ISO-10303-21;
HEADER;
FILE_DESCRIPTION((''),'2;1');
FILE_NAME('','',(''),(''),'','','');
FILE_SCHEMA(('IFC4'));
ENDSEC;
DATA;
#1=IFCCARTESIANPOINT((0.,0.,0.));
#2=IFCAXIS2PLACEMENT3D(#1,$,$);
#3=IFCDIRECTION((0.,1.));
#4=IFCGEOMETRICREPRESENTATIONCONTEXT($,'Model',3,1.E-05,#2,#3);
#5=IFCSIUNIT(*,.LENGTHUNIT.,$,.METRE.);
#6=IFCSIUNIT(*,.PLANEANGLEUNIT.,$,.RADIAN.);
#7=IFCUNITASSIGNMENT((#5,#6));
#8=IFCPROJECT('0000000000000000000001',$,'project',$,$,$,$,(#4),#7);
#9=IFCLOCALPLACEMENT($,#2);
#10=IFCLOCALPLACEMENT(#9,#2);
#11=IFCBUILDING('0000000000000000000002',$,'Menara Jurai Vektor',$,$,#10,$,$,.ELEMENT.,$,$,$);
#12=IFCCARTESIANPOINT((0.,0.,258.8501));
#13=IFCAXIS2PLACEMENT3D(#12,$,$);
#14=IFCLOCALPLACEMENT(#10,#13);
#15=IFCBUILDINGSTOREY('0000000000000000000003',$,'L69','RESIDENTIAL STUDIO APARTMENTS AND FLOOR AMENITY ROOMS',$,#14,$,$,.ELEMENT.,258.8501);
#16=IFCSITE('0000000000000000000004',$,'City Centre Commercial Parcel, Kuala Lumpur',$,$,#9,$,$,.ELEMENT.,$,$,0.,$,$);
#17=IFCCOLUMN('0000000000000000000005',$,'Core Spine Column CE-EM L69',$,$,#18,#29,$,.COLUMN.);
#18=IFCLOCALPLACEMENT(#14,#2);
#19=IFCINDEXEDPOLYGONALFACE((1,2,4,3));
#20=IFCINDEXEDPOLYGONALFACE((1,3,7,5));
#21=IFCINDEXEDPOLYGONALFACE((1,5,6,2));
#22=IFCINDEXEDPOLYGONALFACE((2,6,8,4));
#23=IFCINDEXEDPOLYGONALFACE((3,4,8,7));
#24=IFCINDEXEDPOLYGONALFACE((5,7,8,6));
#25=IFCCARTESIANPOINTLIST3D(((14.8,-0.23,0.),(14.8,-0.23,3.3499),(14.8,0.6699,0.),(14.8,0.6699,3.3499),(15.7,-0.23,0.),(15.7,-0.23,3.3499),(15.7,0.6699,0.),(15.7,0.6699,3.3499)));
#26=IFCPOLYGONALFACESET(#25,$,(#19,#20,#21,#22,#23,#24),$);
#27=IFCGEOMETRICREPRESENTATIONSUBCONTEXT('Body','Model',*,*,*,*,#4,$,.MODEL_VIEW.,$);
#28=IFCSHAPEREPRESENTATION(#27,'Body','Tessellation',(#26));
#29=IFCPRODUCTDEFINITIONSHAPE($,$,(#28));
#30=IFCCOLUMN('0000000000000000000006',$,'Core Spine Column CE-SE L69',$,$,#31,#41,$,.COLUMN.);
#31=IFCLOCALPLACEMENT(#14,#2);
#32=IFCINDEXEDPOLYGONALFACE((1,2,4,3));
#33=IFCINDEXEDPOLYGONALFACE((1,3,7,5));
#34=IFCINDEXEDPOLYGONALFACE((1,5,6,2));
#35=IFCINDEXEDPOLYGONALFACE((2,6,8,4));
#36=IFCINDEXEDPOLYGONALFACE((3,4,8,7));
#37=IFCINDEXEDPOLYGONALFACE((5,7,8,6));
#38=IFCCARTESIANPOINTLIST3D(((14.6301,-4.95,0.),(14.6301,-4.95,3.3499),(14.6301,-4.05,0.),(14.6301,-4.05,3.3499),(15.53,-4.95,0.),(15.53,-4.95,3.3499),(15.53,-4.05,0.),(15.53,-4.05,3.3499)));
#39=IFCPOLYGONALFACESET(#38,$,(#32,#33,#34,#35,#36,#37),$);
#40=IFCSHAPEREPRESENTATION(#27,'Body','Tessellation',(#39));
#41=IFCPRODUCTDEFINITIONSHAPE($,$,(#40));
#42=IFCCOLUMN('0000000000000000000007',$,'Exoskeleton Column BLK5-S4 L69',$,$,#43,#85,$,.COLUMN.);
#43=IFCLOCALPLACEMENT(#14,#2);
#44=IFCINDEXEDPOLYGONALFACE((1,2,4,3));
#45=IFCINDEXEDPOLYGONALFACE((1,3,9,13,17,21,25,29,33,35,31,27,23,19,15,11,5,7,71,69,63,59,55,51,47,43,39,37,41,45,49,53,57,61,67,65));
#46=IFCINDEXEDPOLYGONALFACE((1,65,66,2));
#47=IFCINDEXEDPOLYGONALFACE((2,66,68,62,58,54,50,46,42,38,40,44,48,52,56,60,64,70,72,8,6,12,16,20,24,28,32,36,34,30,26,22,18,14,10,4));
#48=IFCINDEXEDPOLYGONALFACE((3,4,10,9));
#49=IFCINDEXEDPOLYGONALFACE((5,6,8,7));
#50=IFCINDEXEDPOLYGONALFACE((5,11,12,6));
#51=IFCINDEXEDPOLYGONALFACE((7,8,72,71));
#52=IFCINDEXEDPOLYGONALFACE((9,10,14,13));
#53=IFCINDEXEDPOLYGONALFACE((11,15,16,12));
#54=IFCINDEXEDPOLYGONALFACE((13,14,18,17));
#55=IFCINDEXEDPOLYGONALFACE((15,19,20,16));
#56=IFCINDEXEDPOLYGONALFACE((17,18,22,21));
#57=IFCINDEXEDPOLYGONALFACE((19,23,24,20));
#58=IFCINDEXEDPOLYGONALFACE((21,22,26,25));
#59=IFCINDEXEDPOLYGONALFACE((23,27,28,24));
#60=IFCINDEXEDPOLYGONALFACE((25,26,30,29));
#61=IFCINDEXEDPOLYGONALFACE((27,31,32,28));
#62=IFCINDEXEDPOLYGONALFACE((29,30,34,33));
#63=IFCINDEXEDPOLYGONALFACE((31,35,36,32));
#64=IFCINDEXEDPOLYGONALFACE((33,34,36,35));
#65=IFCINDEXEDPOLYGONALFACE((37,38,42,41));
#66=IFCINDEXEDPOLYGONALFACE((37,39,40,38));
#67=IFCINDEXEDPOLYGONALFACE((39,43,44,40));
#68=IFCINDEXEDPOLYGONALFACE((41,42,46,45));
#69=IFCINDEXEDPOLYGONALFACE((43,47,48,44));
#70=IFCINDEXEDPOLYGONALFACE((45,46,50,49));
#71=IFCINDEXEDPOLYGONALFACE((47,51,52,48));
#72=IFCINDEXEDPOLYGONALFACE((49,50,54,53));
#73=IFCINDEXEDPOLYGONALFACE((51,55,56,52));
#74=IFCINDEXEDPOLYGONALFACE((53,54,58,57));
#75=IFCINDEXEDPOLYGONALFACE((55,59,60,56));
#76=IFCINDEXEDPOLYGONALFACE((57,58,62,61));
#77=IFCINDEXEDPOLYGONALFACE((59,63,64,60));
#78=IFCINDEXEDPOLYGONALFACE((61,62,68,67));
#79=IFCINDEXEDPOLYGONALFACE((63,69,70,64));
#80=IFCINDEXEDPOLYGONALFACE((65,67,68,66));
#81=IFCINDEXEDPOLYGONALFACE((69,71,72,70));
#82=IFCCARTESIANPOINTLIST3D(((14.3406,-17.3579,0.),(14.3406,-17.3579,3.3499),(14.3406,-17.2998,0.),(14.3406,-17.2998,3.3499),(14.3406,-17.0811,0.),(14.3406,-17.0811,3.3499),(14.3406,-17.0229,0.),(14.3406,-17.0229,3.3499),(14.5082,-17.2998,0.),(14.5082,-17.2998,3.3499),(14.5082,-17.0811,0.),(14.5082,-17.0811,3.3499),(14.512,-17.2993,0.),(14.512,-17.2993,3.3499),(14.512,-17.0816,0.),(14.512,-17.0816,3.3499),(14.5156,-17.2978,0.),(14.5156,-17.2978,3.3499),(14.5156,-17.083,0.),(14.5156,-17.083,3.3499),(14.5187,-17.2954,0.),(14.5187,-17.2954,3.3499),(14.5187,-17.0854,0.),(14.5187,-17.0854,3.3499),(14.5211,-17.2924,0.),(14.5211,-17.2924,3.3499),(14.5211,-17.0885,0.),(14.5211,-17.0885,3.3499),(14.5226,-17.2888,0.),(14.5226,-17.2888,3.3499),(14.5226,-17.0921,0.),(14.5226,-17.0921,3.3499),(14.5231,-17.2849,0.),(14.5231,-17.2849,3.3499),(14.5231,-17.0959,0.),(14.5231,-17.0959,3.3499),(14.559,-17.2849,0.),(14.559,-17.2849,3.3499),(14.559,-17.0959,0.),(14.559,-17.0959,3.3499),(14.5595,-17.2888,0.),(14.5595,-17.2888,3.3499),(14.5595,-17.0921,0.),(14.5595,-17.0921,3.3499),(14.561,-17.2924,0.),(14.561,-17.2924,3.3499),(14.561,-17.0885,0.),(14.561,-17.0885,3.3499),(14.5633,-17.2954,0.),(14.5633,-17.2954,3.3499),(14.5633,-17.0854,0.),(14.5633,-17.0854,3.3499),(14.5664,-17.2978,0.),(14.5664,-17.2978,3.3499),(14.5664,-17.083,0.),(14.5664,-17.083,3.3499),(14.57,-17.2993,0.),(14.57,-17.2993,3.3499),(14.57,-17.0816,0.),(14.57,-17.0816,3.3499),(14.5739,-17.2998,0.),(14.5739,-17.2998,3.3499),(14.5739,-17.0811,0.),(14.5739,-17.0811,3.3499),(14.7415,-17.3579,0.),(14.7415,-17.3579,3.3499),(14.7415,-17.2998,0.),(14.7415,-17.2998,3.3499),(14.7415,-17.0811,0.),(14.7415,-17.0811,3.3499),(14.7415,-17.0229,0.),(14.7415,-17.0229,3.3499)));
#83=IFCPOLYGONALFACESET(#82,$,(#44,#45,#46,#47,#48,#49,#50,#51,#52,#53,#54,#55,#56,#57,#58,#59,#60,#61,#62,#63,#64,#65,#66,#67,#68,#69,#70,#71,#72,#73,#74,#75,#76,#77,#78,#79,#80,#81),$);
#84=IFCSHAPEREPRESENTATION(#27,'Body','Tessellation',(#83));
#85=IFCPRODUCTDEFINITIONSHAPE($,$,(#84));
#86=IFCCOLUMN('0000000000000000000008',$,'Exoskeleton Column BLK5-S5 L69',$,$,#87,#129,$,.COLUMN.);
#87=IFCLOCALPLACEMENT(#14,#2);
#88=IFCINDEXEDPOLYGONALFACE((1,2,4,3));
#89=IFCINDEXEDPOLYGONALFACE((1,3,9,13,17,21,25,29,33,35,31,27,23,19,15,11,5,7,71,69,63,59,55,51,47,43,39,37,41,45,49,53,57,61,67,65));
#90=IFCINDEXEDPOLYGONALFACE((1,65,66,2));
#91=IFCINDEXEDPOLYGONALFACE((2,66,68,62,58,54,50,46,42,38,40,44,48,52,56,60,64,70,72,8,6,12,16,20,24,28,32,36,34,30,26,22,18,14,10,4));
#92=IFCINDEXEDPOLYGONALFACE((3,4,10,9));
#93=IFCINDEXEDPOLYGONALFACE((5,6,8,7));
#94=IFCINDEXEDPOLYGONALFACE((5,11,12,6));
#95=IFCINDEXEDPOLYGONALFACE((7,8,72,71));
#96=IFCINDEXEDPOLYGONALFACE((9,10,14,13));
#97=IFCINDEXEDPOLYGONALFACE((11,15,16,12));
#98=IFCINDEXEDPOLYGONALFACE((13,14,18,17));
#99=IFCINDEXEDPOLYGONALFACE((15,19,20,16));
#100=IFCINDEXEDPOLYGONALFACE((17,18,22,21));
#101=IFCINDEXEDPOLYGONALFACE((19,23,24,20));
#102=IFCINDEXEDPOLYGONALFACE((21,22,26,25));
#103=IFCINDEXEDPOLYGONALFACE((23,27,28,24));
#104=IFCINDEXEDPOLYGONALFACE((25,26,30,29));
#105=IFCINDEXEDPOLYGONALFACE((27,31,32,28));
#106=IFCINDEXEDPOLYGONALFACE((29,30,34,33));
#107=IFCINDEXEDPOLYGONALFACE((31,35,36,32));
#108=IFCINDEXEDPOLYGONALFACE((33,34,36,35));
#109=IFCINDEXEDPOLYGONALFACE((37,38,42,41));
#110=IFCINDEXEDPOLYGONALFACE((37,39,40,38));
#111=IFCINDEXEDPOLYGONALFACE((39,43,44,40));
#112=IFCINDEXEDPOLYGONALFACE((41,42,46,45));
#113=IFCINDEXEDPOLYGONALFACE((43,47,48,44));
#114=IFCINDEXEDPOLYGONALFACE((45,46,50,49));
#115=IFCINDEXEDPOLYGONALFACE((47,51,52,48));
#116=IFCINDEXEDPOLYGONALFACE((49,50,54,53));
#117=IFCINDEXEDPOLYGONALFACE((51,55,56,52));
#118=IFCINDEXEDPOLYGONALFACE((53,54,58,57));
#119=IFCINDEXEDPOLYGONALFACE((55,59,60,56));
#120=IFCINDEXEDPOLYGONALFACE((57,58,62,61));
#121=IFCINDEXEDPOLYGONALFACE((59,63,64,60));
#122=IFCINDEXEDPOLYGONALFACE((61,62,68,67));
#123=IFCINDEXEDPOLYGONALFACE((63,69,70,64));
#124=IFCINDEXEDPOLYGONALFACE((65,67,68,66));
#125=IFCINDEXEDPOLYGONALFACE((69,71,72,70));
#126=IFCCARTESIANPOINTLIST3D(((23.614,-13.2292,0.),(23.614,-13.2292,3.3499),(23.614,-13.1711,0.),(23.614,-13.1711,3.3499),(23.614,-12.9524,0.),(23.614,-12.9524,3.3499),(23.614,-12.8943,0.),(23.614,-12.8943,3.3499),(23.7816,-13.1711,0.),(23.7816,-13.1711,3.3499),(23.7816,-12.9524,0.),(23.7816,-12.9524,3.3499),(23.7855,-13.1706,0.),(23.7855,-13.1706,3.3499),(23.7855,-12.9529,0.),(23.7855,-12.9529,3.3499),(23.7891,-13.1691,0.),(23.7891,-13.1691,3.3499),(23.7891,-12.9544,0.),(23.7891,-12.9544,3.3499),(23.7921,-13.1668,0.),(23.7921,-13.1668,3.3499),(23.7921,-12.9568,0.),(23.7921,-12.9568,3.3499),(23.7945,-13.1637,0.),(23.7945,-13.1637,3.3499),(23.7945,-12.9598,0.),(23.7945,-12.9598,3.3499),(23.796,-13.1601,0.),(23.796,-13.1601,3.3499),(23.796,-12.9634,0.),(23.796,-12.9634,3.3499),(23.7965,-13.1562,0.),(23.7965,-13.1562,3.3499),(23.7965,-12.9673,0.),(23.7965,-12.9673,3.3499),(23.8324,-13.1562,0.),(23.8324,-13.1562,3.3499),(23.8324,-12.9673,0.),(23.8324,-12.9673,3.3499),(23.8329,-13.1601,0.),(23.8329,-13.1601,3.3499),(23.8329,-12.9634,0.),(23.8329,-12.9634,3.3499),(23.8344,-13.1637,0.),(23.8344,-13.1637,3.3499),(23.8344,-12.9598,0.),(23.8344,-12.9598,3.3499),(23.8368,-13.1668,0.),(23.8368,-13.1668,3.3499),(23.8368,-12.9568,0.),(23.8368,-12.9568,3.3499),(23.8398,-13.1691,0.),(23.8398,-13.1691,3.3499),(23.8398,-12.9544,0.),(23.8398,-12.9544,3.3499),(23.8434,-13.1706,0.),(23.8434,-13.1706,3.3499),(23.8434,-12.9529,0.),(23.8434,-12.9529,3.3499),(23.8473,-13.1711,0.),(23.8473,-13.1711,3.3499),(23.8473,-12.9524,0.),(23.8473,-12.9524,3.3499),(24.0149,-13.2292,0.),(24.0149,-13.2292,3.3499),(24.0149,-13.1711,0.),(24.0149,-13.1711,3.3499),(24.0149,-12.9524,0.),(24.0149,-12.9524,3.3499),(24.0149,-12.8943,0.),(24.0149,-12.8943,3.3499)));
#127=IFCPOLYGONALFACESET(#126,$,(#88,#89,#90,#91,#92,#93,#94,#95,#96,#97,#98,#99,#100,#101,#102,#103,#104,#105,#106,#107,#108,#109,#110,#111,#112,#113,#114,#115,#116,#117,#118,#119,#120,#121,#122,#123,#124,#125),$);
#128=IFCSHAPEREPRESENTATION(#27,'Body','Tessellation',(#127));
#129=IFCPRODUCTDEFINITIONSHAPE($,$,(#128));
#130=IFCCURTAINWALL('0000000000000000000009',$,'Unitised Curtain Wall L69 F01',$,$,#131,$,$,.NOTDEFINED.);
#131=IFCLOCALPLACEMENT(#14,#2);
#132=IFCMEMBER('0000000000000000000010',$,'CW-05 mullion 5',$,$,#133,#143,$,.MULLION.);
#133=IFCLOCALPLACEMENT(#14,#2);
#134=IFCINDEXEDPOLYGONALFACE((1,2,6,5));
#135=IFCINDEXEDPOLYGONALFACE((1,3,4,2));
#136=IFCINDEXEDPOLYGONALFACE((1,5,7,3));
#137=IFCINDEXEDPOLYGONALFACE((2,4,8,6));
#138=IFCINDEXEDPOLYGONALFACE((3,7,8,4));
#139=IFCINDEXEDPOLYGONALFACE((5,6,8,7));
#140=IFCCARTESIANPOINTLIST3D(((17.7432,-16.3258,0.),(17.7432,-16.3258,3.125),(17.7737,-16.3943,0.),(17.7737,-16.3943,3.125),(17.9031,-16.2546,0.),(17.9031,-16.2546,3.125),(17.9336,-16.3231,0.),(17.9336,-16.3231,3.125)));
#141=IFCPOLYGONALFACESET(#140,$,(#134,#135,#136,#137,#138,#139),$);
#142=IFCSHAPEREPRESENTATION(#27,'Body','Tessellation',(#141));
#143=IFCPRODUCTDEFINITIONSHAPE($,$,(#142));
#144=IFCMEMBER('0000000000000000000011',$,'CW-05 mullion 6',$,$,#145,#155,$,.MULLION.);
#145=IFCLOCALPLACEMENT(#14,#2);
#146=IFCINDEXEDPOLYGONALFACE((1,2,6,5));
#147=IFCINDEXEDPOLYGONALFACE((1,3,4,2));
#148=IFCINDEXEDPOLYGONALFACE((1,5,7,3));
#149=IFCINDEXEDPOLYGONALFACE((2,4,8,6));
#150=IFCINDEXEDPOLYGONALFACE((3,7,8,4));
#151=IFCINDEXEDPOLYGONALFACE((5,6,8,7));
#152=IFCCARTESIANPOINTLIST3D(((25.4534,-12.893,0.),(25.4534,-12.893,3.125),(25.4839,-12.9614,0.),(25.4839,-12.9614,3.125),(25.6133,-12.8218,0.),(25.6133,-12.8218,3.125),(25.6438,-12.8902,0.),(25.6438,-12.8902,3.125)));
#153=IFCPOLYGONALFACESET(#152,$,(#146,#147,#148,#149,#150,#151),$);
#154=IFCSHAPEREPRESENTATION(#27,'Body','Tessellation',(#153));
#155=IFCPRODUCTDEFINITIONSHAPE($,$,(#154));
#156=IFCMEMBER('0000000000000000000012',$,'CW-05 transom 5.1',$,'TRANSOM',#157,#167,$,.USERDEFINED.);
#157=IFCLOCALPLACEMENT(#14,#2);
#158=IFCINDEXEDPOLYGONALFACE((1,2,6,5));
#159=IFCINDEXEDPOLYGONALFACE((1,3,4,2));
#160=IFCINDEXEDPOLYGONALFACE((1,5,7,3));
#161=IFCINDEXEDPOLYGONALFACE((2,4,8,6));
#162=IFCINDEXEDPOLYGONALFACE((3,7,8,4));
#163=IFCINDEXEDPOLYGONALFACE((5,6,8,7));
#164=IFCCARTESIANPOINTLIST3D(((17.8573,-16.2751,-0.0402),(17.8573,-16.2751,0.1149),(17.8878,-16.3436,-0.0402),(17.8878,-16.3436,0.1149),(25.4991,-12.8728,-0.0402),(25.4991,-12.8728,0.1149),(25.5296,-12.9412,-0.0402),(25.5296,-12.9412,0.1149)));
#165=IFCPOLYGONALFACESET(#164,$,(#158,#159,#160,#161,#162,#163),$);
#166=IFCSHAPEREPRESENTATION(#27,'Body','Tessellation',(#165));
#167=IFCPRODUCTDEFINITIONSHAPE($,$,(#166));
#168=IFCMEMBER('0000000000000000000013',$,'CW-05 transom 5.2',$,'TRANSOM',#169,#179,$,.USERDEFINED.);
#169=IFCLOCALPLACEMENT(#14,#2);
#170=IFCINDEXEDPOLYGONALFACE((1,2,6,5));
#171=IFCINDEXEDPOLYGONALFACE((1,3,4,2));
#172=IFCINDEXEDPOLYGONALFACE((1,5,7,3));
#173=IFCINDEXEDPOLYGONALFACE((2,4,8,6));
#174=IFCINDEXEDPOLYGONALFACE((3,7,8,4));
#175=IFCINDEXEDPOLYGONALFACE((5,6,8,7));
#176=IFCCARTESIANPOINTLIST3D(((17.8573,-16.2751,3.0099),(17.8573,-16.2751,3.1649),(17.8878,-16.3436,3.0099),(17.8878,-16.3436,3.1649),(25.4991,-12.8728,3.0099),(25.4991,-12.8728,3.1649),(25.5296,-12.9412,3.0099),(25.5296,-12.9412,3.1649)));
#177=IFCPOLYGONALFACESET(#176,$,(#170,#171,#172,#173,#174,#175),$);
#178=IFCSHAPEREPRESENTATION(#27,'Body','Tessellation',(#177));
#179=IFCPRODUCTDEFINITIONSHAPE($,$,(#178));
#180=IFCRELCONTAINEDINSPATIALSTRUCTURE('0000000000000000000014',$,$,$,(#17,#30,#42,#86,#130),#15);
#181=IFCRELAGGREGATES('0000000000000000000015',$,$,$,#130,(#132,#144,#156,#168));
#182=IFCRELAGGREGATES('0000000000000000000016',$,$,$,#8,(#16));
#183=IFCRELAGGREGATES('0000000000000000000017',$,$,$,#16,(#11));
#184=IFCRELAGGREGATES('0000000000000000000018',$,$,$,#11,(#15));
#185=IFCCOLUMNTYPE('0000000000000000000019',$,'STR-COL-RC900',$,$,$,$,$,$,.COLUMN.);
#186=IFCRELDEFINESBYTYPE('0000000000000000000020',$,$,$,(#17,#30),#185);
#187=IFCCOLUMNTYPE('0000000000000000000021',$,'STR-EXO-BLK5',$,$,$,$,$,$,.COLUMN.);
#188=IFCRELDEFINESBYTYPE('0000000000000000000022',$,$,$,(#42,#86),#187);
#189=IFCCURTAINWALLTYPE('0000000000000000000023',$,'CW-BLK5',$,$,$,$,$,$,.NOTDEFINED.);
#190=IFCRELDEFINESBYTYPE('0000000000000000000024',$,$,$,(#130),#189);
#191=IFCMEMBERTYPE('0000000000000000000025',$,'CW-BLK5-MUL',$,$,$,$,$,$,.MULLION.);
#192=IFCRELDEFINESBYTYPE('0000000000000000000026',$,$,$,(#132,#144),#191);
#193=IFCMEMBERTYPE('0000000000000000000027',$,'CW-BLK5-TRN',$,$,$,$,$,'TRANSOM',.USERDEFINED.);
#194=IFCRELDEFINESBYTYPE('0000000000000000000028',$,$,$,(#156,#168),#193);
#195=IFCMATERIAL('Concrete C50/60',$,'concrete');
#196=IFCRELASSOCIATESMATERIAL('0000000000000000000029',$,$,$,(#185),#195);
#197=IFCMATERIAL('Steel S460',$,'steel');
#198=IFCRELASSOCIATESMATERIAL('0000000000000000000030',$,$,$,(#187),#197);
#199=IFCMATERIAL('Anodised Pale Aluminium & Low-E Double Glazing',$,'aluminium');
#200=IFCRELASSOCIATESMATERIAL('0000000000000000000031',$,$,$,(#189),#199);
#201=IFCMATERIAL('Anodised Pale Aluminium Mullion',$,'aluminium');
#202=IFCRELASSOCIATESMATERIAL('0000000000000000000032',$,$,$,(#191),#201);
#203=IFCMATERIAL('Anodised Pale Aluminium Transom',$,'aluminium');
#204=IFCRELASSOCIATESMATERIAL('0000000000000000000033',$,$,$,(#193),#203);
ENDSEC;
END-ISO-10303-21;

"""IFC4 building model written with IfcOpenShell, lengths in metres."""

from ifc_helpers import new_model, si_unit, direction, frame, origin, origin_2d, place, context, subcontext, project, spatial, rectangle, i_section, extrude, material, material_profile, profile_set, type_object, element, aggregate, save


model = new_model("IFC4")

# Units and contexts
model_context = context("Model", 3, precision=1e-05, world=origin(), true_north=direction((0.0, 1.0)))
body_context = subcontext(model_context, "Body", "Model", "MODEL_VIEW")
ifc_project = project(units=[si_unit("LENGTHUNIT", "METRE"), si_unit("PLANEANGLEUNIT", "RADIAN")], contexts=[model_context])

# Site, building, storey
site_placement = place(None, origin())
site = spatial("IfcSite", under=ifc_project, at=site_placement, Name="City Centre Commercial Parcel, Kuala Lumpur", CompositionType="ELEMENT", RefElevation=0.0)
building_placement = place(site_placement, origin())
building = spatial("IfcBuilding", under=site, at=building_placement, Name="Menara Jurai Vektor", CompositionType="ELEMENT")
storey_placement = place(building_placement, frame((0.0, 0.0, 258.8501)))
storey = spatial("IfcBuildingStorey", under=building, at=storey_placement, Name="L69", Description="RESIDENTIAL STUDIO APARTMENTS AND FLOOR AMENITY ROOMS", CompositionType="ELEMENT", Elevation=258.8501)

# Columns
ifc_material_1 = material(Name="Concrete C50/60", Category="concrete")
ifc_material_profile_1 = material_profile(ifc_material_1, rectangle(XDim=0.8999, YDim=0.8999, at=origin_2d()), Name="RC 900x900")
ifc_profile_set_1 = profile_set([ifc_material_profile_1], Name="Concrete C50/60")
column_type_1 = type_object("IfcColumnType", Name="STR-COL-RC900", PredefinedType="COLUMN", material=ifc_profile_set_1)
for number, where, z_axis, x_axis, name in (
    (1, (15.25, 0.22, 0.0), (0.0, 0.0, 1.0), (1.0, 0.0, 0.0), "Core Spine Column CE-EM L69"),
    (2, (15.0801, -4.5, 0.0), (0.0, 0.0, 1.0), (1.0, 0.0, 0.0), "Core Spine Column CE-SE L69"),
):
    element("IfcColumn", number, at=place(storey_placement, frame(where, z_axis=z_axis, x_axis=x_axis)), inside=storey, type_object=column_type_1, Name=name, PredefinedType="COLUMN", context=body_context, shape_type="SweptSolid", body=[
        extrude(rectangle(XDim=0.8999, YDim=0.8999, at=origin_2d()), origin(), (0.0, 0.0, 1.0), 3.3499),
    ])
ifc_material_2 = material(Name="Steel S460", Category="steel")
ifc_material_profile_2 = material_profile(ifc_material_2, i_section(OverallWidth=0.4009, OverallDepth=0.335, WebThickness=0.0359, FlangeThickness=0.0581, FilletRadius=0.0149, at=origin_2d()), Name="HD 400x463")
ifc_profile_set_2 = profile_set([ifc_material_profile_2], Name="Steel S460")
column_type_2 = type_object("IfcColumnType", Name="STR-EXO-BLK5", PredefinedType="COLUMN", material=ifc_profile_set_2)
for number, where, z_axis, x_axis, name in (
    (3, (14.541, -17.1904, 0.0), (0.0, 0.0, 1.0), (1.0, 0.0, 0.0), "Exoskeleton Column BLK5-S4 L69"),
    (4, (23.8145, -13.0618, 0.0), (0.0, 0.0, 1.0), (1.0, 0.0, 0.0), "Exoskeleton Column BLK5-S5 L69"),
):
    element("IfcColumn", number, at=place(storey_placement, frame(where, z_axis=z_axis, x_axis=x_axis)), inside=storey, type_object=column_type_2, Name=name, PredefinedType="COLUMN", context=body_context, shape_type="SweptSolid", body=[
        extrude(i_section(OverallWidth=0.4009, OverallDepth=0.335, WebThickness=0.0359, FlangeThickness=0.0581, FilletRadius=0.0149, at=origin_2d()), origin(), (0.0, 0.0, 1.0), 3.3499),
    ])

# Curtain wall, members
ifc_material_3 = material(Name="Anodised Pale Aluminium & Low-E Double Glazing", Category="aluminium")
curtain_wall_type = type_object("IfcCurtainWallType", Name="CW-BLK5", PredefinedType="NOTDEFINED", material=ifc_material_3)
curtain_wall_placement = place(storey_placement, origin())
curtain_wall = element("IfcCurtainWall", 5, at=curtain_wall_placement, inside=storey, type_object=curtain_wall_type, Name="Unitised Curtain Wall L69 F01", PredefinedType="NOTDEFINED")
ifc_material_4 = material(Name="Anodised Pale Aluminium Mullion", Category="aluminium")
ifc_material_profile_3 = material_profile(ifc_material_4, rectangle(XDim=0.075, YDim=0.175, at=origin_2d()), Name="ALU MUL 75x175")
ifc_profile_set_3 = profile_set([ifc_material_profile_3], Name="Anodised Pale Aluminium Mullion")
member_type_1 = type_object("IfcMemberType", Name="CW-BLK5-MUL", PredefinedType="MULLION", material=ifc_profile_set_3)
member_1_placement = place(storey_placement, frame((17.8384, -16.3245, 0.0), z_axis=(0.0, 0.0, 1.0), x_axis=(-0.406735, 0.913546, 0.0)))
member_1 = element("IfcMember", 6, at=member_1_placement, type_object=member_type_1, Name="CW-05 mullion 5", PredefinedType="MULLION", context=body_context, shape_type="SweptSolid", body=[
    extrude(rectangle(XDim=0.075, YDim=0.175, at=origin_2d()), origin(), (0.0, 0.0, 1.0), 3.125),
])
member_2_placement = place(storey_placement, frame((25.5486, -12.8916, 0.0), z_axis=(0.0, 0.0, 1.0), x_axis=(-0.406735, 0.913546, 0.0)))
member_2 = element("IfcMember", 7, at=member_2_placement, type_object=member_type_1, Name="CW-05 mullion 6", PredefinedType="MULLION", context=body_context, shape_type="SweptSolid", body=[
    extrude(rectangle(XDim=0.075, YDim=0.175, at=origin_2d()), origin(), (0.0, 0.0, 1.0), 3.125),
])
ifc_material_5 = material(Name="Anodised Pale Aluminium Transom", Category="aluminium")
ifc_material_profile_4 = material_profile(ifc_material_5, rectangle(XDim=0.075, YDim=0.155, at=origin_2d()), Name="ALU TRN 75x155")
ifc_profile_set_4 = profile_set([ifc_material_profile_4], Name="Anodised Pale Aluminium Transom")
member_type_2 = type_object("IfcMemberType", Name="CW-BLK5-TRN", ElementType="TRANSOM", PredefinedType="USERDEFINED", material=ifc_profile_set_4)
member_3_placement = place(storey_placement, frame((17.8726, -16.3093, 0.0374), z_axis=(0.913547, 0.406734, 0.0), x_axis=(-0.406734, 0.913547, 0.0)))
member_3 = element("IfcMember", 8, at=member_3_placement, type_object=member_type_2, Name="CW-05 transom 5.1", ObjectType="TRANSOM", PredefinedType="USERDEFINED", context=body_context, shape_type="SweptSolid", body=[
    extrude(rectangle(XDim=0.075, YDim=0.155, at=origin_2d()), origin(), (0.0, 0.0, 1.0), 8.365),
])
member_4_placement = place(storey_placement, frame((17.8726, -16.3093, 3.0874), z_axis=(0.913547, 0.406734, 0.0), x_axis=(-0.406734, 0.913547, 0.0)))
member_4 = element("IfcMember", 9, at=member_4_placement, type_object=member_type_2, Name="CW-05 transom 5.2", ObjectType="TRANSOM", PredefinedType="USERDEFINED", context=body_context, shape_type="SweptSolid", body=[
    extrude(rectangle(XDim=0.075, YDim=0.155, at=origin_2d()), origin(), (0.0, 0.0, 1.0), 8.365),
])

aggregate(curtain_wall, [member_1, member_2, member_3, member_4])

save(model, "model.ifc")
